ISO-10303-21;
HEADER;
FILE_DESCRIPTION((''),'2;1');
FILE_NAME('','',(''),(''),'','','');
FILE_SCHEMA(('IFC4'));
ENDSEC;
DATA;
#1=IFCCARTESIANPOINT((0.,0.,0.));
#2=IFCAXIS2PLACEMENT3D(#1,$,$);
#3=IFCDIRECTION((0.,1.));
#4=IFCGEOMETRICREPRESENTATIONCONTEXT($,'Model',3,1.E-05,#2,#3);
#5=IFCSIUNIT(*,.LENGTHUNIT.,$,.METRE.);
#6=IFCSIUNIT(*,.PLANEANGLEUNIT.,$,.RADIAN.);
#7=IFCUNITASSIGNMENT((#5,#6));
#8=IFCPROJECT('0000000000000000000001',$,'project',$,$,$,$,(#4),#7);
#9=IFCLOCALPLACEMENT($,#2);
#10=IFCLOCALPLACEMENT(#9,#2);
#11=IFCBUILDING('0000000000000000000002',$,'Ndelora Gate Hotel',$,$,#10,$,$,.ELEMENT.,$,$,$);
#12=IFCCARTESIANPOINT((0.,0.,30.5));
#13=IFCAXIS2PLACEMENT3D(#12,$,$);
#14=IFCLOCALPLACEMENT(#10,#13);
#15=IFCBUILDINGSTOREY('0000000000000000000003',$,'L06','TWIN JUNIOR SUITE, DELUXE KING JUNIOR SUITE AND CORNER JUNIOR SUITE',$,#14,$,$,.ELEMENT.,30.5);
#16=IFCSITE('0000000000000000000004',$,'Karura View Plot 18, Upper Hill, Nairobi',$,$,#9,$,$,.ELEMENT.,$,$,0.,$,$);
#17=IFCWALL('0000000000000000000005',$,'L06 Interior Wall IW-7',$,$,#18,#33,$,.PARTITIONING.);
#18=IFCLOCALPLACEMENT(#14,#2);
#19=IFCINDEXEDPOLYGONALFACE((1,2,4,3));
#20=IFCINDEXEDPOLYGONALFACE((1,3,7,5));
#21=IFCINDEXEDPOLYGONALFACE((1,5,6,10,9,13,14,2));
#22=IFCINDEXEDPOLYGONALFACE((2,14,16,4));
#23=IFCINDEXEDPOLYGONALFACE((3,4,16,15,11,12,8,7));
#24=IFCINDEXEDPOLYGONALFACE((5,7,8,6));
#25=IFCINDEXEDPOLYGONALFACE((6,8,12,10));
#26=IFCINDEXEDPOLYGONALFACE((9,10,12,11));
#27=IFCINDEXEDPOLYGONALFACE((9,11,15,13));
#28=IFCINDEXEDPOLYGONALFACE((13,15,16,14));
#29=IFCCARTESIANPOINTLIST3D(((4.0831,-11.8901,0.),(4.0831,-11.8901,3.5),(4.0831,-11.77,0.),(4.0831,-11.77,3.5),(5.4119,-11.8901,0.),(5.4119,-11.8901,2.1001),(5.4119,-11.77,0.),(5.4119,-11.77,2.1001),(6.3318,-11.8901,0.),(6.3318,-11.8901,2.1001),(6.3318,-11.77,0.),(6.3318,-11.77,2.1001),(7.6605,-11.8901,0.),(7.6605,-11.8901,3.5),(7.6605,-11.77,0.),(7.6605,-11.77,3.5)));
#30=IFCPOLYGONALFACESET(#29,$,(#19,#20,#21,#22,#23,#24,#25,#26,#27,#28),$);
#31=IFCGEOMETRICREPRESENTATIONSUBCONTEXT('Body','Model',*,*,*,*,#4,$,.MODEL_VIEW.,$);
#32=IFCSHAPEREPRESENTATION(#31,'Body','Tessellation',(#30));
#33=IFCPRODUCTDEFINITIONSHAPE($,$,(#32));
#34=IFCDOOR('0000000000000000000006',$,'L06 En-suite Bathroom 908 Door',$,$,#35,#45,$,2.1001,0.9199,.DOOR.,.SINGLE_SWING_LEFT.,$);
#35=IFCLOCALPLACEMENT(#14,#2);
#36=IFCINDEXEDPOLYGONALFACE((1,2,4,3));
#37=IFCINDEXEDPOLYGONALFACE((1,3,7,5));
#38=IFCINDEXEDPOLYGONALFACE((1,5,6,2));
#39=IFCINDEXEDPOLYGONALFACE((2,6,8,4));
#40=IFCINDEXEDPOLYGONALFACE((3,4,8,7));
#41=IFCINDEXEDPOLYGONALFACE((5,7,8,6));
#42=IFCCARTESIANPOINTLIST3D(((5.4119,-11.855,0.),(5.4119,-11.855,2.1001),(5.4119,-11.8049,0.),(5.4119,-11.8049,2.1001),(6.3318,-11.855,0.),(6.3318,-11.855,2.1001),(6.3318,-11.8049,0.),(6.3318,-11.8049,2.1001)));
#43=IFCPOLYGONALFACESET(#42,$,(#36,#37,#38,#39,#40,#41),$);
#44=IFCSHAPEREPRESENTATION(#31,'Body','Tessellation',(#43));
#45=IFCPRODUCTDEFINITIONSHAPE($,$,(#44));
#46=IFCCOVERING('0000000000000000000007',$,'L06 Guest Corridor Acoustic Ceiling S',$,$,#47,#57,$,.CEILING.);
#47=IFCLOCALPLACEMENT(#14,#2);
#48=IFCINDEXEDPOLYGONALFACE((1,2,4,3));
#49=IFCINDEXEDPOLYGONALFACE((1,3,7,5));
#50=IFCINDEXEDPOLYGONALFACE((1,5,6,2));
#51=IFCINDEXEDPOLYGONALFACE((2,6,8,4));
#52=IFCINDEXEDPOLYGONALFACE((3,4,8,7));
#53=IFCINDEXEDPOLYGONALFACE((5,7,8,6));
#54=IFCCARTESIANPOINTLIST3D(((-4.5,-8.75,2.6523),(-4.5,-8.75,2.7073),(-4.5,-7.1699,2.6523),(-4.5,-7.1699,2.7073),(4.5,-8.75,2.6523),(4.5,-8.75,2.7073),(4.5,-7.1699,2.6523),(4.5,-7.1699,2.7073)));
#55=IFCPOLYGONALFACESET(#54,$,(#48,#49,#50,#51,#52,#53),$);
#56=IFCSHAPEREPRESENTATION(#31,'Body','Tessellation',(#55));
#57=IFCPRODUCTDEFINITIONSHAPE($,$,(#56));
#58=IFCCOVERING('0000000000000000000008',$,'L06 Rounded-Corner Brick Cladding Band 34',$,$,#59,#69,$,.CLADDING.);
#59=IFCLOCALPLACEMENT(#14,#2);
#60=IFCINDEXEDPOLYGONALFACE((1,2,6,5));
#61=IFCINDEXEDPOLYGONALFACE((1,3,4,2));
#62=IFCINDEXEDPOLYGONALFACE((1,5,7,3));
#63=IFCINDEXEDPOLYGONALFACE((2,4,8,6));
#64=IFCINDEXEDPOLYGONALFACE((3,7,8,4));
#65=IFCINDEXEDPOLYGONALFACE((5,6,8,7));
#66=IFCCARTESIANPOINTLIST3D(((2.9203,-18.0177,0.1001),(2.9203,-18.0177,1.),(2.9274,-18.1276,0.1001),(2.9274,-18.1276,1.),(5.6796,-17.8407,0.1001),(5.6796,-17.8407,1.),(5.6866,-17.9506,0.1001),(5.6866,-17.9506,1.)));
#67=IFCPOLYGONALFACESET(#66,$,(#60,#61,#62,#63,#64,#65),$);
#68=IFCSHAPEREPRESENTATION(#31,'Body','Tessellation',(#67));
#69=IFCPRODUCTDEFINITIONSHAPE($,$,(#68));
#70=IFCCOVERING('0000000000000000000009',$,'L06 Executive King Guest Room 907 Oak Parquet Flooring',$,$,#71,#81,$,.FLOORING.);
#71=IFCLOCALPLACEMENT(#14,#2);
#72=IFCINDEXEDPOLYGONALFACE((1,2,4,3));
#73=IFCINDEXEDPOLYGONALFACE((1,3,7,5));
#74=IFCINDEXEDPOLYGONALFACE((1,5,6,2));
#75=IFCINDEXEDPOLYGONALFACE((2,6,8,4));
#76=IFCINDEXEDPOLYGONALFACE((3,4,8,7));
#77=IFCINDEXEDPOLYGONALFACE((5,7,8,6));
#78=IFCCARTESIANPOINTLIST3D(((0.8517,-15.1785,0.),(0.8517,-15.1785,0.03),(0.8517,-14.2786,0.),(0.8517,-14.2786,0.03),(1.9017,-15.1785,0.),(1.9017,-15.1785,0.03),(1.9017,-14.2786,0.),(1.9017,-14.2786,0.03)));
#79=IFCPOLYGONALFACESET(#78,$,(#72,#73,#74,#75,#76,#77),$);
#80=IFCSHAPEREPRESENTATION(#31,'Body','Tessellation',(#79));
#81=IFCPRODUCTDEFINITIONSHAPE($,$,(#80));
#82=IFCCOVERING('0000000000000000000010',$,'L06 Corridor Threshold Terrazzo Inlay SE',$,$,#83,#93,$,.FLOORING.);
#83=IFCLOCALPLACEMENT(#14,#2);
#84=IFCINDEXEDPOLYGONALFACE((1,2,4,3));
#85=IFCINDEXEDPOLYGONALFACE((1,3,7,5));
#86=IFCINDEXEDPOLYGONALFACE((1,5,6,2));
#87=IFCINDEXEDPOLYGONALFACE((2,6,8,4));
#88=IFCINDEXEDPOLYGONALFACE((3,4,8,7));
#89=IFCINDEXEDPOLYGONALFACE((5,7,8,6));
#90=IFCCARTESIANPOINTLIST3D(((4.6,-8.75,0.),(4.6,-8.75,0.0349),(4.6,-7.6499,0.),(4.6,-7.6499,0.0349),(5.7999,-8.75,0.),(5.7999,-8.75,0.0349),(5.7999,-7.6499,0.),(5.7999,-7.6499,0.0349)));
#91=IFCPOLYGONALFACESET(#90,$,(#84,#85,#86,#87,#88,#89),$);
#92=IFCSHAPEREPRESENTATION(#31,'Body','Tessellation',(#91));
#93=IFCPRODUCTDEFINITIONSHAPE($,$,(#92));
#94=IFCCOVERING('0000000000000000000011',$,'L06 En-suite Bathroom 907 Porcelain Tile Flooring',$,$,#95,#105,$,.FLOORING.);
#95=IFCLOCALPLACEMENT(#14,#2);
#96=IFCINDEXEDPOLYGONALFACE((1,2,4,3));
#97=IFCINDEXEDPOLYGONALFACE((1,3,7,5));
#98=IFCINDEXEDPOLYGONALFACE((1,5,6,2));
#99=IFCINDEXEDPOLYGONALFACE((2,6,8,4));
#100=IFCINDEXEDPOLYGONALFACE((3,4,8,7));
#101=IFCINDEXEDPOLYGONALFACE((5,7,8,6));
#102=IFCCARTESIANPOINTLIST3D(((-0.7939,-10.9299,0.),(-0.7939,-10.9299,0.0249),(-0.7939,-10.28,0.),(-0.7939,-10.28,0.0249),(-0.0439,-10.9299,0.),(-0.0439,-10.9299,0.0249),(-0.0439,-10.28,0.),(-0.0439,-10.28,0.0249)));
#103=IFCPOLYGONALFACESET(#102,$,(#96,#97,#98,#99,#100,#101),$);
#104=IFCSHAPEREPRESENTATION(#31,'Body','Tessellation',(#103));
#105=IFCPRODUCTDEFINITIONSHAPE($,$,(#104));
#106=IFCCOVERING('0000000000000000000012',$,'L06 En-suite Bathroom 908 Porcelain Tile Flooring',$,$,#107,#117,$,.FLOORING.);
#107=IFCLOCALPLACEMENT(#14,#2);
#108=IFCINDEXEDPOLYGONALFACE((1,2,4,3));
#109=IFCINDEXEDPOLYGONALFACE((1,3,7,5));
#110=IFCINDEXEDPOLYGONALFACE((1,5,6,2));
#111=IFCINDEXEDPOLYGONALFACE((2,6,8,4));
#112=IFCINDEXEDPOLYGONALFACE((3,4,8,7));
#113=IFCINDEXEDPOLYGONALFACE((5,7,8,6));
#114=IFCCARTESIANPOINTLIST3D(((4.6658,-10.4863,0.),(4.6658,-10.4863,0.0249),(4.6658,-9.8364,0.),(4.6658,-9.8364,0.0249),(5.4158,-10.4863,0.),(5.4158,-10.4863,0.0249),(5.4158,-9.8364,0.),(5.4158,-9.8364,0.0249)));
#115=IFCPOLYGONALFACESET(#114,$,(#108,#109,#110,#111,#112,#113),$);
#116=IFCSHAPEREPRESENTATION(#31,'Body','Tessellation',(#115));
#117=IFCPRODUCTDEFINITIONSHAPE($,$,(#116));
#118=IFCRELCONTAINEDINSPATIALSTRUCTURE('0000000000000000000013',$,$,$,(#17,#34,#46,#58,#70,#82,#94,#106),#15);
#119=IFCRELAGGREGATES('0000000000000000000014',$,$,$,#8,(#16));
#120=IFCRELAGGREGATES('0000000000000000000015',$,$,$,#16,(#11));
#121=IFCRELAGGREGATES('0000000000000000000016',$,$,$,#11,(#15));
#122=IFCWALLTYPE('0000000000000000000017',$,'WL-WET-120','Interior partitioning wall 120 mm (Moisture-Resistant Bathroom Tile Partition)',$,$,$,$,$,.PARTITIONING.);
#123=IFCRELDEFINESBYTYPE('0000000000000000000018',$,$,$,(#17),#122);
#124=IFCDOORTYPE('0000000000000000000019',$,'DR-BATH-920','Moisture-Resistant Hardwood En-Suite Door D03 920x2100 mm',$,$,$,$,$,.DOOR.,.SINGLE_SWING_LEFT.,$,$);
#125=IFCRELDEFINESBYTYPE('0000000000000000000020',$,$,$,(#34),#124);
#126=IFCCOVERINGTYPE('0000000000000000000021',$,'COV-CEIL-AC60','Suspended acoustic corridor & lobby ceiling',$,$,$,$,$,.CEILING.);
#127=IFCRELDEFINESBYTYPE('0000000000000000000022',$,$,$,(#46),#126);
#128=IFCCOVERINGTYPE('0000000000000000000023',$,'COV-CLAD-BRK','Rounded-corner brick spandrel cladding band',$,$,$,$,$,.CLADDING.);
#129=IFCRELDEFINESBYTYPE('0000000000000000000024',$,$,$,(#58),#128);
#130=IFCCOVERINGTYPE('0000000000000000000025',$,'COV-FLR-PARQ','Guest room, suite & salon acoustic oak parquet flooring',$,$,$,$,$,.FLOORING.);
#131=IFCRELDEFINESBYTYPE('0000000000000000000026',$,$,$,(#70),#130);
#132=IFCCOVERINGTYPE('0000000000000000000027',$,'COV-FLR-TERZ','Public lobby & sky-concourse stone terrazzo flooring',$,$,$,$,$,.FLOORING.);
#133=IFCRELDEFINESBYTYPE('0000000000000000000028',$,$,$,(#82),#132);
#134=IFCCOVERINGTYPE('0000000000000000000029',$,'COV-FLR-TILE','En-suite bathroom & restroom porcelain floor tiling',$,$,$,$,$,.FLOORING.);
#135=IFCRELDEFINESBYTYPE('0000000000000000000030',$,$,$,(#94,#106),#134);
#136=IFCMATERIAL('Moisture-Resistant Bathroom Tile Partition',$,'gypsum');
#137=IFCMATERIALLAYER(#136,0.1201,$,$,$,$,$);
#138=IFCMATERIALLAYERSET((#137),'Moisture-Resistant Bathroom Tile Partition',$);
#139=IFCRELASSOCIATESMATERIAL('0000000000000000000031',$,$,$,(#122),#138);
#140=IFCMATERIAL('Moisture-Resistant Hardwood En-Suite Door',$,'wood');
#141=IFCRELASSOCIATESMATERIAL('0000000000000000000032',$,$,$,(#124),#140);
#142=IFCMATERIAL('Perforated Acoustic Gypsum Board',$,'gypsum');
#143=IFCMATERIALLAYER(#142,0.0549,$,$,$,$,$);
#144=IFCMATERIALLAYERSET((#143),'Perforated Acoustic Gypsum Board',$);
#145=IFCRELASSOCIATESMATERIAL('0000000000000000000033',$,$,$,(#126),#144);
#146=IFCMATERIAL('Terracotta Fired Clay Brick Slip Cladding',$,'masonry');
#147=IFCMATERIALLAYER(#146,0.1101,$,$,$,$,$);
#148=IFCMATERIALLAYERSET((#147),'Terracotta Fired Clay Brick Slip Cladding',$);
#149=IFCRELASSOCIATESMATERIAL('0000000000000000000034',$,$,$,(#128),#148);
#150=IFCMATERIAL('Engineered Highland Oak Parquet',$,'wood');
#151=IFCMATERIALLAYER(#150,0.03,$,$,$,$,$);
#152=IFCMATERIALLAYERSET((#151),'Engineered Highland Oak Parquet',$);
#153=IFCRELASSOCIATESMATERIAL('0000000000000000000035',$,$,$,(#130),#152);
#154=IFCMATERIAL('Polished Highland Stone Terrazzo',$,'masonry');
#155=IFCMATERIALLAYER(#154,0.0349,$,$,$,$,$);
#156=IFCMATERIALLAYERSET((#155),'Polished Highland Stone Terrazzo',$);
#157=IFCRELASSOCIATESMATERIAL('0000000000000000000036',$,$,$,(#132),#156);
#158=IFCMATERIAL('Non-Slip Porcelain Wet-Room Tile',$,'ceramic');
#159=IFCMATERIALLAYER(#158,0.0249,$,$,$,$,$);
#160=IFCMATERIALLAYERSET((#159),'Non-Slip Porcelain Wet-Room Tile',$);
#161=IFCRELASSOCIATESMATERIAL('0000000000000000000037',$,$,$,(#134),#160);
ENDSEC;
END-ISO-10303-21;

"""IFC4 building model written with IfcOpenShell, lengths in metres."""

from ifc_helpers import new_model, si_unit, direction, frame, frame_2d, origin, origin_2d, place, context, subcontext, project, spatial, rectangle, extrude, material, layer, layer_set, type_object, element, fill, save


model = new_model("IFC4")

# Units and contexts
model_context = context("Model", 3, precision=1e-05, world=origin(), true_north=direction((0.0, 1.0)))
body_context = subcontext(model_context, "Body", "Model", "MODEL_VIEW")
ifc_project = project(units=[si_unit("LENGTHUNIT", "METRE"), si_unit("PLANEANGLEUNIT", "RADIAN")], contexts=[model_context])

# Site, building, storey
site_placement = place(None, origin())
site = spatial("IfcSite", under=ifc_project, at=site_placement, Name="Karura View Plot 18, Upper Hill, Nairobi", CompositionType="ELEMENT", RefElevation=0.0)
building_placement = place(site_placement, origin())
building = spatial("IfcBuilding", under=site, at=building_placement, Name="Ndelora Gate Hotel", CompositionType="ELEMENT")
storey_placement = place(building_placement, frame((0.0, 0.0, 30.5)))
storey = spatial("IfcBuildingStorey", under=building, at=storey_placement, Name="L06", Description="TWIN JUNIOR SUITE, DELUXE KING JUNIOR SUITE AND CORNER JUNIOR SUITE", CompositionType="ELEMENT", Elevation=30.5)

# Shared definitions
ifc_material_1 = material(Name="Moisture-Resistant Bathroom Tile Partition", Category="gypsum")
ifc_layer_1 = layer(ifc_material_1, 0.1201)
ifc_layer_set_1 = layer_set([ifc_layer_1], Name="Moisture-Resistant Bathroom Tile Partition")
wall_type_1 = type_object("IfcWallType", Name="WL-WET-120", Description="Interior partitioning wall 120 mm (Moisture-Resistant Bathroom Tile Partition)", PredefinedType="PARTITIONING", material=ifc_layer_set_1)

# Shared definitions
ifc_material_2 = material(Name="Moisture-Resistant Hardwood En-Suite Door", Category="wood")
door_type = type_object("IfcDoorType", Name="DR-BATH-920", Description="Moisture-Resistant Hardwood En-Suite Door D03 920x2100 mm", OperationType="SINGLE_SWING_LEFT", PredefinedType="DOOR", material=ifc_material_2)

# Wall, opening, door
wall_1_placement = place(storey_placement, frame((7.6604, -11.8301, 0.0), z_axis=(0.0, 0.0, 1.0), x_axis=(-1.0, 0.0, 0.0)))
wall_1 = element("IfcWall", 1, at=wall_1_placement, inside=storey, type_object=wall_type_1, Name="L06 Interior Wall IW-7", PredefinedType="PARTITIONING", context=body_context, shape_type="SweptSolid", body=[
    extrude(rectangle(XDim=3.5774, YDim=0.1201, at=frame_2d((1.7886, 0.0))), origin(), (0.0, 0.0, 1.0), 3.5),
])
opening_1_placement = place(wall_1_placement, frame((1.3286, 0.0, 0.0)))
opening_1 = element("IfcOpeningElement", 2, at=opening_1_placement, cuts=wall_1, PredefinedType="OPENING", context=body_context, shape_type="SweptSolid", body=[
    extrude(rectangle(XDim=0.9199, YDim=2.1001, at=frame_2d((0.46, 1.05))), frame((0.0, 0.0701, 0.0), z_axis=(0.0, -1.0, 0.0), x_axis=(1.0, 0.0, 0.0)), (0.0, 0.0, 1.0), 0.1401),
])
door_1_placement = place(opening_1_placement, origin())
door_1 = element("IfcDoor", 3, at=door_1_placement, inside=storey, type_object=door_type, Name="L06 En-suite Bathroom 908 Door", OperationType="SINGLE_SWING_LEFT", OverallHeight=2.1001, OverallWidth=0.9199, PredefinedType="DOOR", context=body_context, shape_type="SweptSolid", body=[
    extrude(rectangle(XDim=0.9199, YDim=2.1001, at=frame_2d((0.46, 1.05))), frame((0.0, 0.0249, 0.0), z_axis=(0.0, -1.0, 0.0), x_axis=(1.0, 0.0, 0.0)), (0.0, 0.0, 1.0), 0.05),
])
fill(opening_1, door_1)

# Coverings
ifc_material_3 = material(Name="Perforated Acoustic Gypsum Board", Category="gypsum")
ifc_layer_2 = layer(ifc_material_3, 0.0549)
ifc_layer_set_2 = layer_set([ifc_layer_2], Name="Perforated Acoustic Gypsum Board")
covering_type_1 = type_object("IfcCoveringType", Name="COV-CEIL-AC60", Description="Suspended acoustic corridor & lobby ceiling", PredefinedType="CEILING", material=ifc_layer_set_2)
covering_1_placement = place(storey_placement, frame((0.0, -7.96, 2.6523), z_axis=(0.0, 0.0, 1.0), x_axis=(1.0, 0.0, 0.0)))
element("IfcCovering", 4, at=covering_1_placement, inside=storey, type_object=covering_type_1, Name="L06 Guest Corridor Acoustic Ceiling S", PredefinedType="CEILING", context=body_context, shape_type="SweptSolid", body=[
    extrude(rectangle(XDim=9.0, YDim=1.5801, at=origin_2d()), origin(), (0.0, 0.0, 1.0), 0.0549),
])
ifc_material_4 = material(Name="Terracotta Fired Clay Brick Slip Cladding", Category="masonry")
ifc_layer_3 = layer(ifc_material_4, 0.1101)
ifc_layer_set_3 = layer_set([ifc_layer_3], Name="Terracotta Fired Clay Brick Slip Cladding")
covering_type_2 = type_object("IfcCoveringType", Name="COV-CLAD-BRK", Description="Rounded-corner brick spandrel cladding band", PredefinedType="CLADDING", material=ifc_layer_set_3)
covering_2_placement = place(storey_placement, frame((4.3035, -17.9841, 0.1001), z_axis=(0.0, 0.0, 1.0), x_axis=(0.997949, 0.06401, 0.0)))
element("IfcCovering", 5, at=covering_2_placement, inside=storey, type_object=covering_type_2, Name="L06 Rounded-Corner Brick Cladding Band 34", PredefinedType="CLADDING", context=body_context, shape_type="SweptSolid", body=[
    extrude(rectangle(XDim=2.7649, YDim=0.1101, at=origin_2d()), origin(), (0.0, 0.0, 1.0), 0.8999),
])
ifc_material_5 = material(Name="Engineered Highland Oak Parquet", Category="wood")
ifc_layer_4 = layer(ifc_material_5, 0.03)
ifc_layer_set_4 = layer_set([ifc_layer_4], Name="Engineered Highland Oak Parquet")
covering_type_3 = type_object("IfcCoveringType", Name="COV-FLR-PARQ", Description="Guest room, suite & salon acoustic oak parquet flooring", PredefinedType="FLOORING", material=ifc_layer_set_4)
covering_3_placement = place(storey_placement, frame((1.3767, -14.7285, 0.0), z_axis=(0.0, 0.0, 1.0), x_axis=(1.0, 0.0, 0.0)))
element("IfcCovering", 6, at=covering_3_placement, inside=storey, type_object=covering_type_3, Name="L06 Executive King Guest Room 907 Oak Parquet Flooring", PredefinedType="FLOORING", context=body_context, shape_type="SweptSolid", body=[
    extrude(rectangle(XDim=1.05, YDim=0.8999, at=origin_2d()), origin(), (0.0, 0.0, 1.0), 0.03),
])
ifc_material_6 = material(Name="Polished Highland Stone Terrazzo", Category="masonry")
ifc_layer_5 = layer(ifc_material_6, 0.0349)
ifc_layer_set_5 = layer_set([ifc_layer_5], Name="Polished Highland Stone Terrazzo")
covering_type_4 = type_object("IfcCoveringType", Name="COV-FLR-TERZ", Description="Public lobby & sky-concourse stone terrazzo flooring", PredefinedType="FLOORING", material=ifc_layer_set_5)
covering_4_placement = place(storey_placement, frame((5.2, -8.2, 0.0), z_axis=(0.0, 0.0, 1.0), x_axis=(1.0, 0.0, 0.0)))
element("IfcCovering", 7, at=covering_4_placement, inside=storey, type_object=covering_type_4, Name="L06 Corridor Threshold Terrazzo Inlay SE", PredefinedType="FLOORING", context=body_context, shape_type="SweptSolid", body=[
    extrude(rectangle(XDim=1.2, YDim=1.1001, at=origin_2d()), origin(), (0.0, 0.0, 1.0), 0.0349),
])
ifc_material_7 = material(Name="Non-Slip Porcelain Wet-Room Tile", Category="ceramic")
ifc_layer_6 = layer(ifc_material_7, 0.0249)
ifc_layer_set_6 = layer_set([ifc_layer_6], Name="Non-Slip Porcelain Wet-Room Tile")
covering_type_5 = type_object("IfcCoveringType", Name="COV-FLR-TILE", Description="En-suite bathroom & restroom porcelain floor tiling", PredefinedType="FLOORING", material=ifc_layer_set_6)
for number, where, z_axis, x_axis, name in (
    (8, (-0.4189, -10.605, 0.0), (0.0, 0.0, 1.0), (1.0, 0.0, 0.0), "L06 En-suite Bathroom 907 Porcelain Tile Flooring"),
    (9, (5.0408, -10.1614, 0.0), (0.0, 0.0, 1.0), (1.0, 0.0, 0.0), "L06 En-suite Bathroom 908 Porcelain Tile Flooring"),
):
    element("IfcCovering", number, at=place(storey_placement, frame(where, z_axis=z_axis, x_axis=x_axis)), inside=storey, type_object=covering_type_5, Name=name, PredefinedType="FLOORING", context=body_context, shape_type="SweptSolid", body=[
        extrude(rectangle(XDim=0.75, YDim=0.6499, at=origin_2d()), origin(), (0.0, 0.0, 1.0), 0.0249),
    ])

save(model, "model.ifc")
